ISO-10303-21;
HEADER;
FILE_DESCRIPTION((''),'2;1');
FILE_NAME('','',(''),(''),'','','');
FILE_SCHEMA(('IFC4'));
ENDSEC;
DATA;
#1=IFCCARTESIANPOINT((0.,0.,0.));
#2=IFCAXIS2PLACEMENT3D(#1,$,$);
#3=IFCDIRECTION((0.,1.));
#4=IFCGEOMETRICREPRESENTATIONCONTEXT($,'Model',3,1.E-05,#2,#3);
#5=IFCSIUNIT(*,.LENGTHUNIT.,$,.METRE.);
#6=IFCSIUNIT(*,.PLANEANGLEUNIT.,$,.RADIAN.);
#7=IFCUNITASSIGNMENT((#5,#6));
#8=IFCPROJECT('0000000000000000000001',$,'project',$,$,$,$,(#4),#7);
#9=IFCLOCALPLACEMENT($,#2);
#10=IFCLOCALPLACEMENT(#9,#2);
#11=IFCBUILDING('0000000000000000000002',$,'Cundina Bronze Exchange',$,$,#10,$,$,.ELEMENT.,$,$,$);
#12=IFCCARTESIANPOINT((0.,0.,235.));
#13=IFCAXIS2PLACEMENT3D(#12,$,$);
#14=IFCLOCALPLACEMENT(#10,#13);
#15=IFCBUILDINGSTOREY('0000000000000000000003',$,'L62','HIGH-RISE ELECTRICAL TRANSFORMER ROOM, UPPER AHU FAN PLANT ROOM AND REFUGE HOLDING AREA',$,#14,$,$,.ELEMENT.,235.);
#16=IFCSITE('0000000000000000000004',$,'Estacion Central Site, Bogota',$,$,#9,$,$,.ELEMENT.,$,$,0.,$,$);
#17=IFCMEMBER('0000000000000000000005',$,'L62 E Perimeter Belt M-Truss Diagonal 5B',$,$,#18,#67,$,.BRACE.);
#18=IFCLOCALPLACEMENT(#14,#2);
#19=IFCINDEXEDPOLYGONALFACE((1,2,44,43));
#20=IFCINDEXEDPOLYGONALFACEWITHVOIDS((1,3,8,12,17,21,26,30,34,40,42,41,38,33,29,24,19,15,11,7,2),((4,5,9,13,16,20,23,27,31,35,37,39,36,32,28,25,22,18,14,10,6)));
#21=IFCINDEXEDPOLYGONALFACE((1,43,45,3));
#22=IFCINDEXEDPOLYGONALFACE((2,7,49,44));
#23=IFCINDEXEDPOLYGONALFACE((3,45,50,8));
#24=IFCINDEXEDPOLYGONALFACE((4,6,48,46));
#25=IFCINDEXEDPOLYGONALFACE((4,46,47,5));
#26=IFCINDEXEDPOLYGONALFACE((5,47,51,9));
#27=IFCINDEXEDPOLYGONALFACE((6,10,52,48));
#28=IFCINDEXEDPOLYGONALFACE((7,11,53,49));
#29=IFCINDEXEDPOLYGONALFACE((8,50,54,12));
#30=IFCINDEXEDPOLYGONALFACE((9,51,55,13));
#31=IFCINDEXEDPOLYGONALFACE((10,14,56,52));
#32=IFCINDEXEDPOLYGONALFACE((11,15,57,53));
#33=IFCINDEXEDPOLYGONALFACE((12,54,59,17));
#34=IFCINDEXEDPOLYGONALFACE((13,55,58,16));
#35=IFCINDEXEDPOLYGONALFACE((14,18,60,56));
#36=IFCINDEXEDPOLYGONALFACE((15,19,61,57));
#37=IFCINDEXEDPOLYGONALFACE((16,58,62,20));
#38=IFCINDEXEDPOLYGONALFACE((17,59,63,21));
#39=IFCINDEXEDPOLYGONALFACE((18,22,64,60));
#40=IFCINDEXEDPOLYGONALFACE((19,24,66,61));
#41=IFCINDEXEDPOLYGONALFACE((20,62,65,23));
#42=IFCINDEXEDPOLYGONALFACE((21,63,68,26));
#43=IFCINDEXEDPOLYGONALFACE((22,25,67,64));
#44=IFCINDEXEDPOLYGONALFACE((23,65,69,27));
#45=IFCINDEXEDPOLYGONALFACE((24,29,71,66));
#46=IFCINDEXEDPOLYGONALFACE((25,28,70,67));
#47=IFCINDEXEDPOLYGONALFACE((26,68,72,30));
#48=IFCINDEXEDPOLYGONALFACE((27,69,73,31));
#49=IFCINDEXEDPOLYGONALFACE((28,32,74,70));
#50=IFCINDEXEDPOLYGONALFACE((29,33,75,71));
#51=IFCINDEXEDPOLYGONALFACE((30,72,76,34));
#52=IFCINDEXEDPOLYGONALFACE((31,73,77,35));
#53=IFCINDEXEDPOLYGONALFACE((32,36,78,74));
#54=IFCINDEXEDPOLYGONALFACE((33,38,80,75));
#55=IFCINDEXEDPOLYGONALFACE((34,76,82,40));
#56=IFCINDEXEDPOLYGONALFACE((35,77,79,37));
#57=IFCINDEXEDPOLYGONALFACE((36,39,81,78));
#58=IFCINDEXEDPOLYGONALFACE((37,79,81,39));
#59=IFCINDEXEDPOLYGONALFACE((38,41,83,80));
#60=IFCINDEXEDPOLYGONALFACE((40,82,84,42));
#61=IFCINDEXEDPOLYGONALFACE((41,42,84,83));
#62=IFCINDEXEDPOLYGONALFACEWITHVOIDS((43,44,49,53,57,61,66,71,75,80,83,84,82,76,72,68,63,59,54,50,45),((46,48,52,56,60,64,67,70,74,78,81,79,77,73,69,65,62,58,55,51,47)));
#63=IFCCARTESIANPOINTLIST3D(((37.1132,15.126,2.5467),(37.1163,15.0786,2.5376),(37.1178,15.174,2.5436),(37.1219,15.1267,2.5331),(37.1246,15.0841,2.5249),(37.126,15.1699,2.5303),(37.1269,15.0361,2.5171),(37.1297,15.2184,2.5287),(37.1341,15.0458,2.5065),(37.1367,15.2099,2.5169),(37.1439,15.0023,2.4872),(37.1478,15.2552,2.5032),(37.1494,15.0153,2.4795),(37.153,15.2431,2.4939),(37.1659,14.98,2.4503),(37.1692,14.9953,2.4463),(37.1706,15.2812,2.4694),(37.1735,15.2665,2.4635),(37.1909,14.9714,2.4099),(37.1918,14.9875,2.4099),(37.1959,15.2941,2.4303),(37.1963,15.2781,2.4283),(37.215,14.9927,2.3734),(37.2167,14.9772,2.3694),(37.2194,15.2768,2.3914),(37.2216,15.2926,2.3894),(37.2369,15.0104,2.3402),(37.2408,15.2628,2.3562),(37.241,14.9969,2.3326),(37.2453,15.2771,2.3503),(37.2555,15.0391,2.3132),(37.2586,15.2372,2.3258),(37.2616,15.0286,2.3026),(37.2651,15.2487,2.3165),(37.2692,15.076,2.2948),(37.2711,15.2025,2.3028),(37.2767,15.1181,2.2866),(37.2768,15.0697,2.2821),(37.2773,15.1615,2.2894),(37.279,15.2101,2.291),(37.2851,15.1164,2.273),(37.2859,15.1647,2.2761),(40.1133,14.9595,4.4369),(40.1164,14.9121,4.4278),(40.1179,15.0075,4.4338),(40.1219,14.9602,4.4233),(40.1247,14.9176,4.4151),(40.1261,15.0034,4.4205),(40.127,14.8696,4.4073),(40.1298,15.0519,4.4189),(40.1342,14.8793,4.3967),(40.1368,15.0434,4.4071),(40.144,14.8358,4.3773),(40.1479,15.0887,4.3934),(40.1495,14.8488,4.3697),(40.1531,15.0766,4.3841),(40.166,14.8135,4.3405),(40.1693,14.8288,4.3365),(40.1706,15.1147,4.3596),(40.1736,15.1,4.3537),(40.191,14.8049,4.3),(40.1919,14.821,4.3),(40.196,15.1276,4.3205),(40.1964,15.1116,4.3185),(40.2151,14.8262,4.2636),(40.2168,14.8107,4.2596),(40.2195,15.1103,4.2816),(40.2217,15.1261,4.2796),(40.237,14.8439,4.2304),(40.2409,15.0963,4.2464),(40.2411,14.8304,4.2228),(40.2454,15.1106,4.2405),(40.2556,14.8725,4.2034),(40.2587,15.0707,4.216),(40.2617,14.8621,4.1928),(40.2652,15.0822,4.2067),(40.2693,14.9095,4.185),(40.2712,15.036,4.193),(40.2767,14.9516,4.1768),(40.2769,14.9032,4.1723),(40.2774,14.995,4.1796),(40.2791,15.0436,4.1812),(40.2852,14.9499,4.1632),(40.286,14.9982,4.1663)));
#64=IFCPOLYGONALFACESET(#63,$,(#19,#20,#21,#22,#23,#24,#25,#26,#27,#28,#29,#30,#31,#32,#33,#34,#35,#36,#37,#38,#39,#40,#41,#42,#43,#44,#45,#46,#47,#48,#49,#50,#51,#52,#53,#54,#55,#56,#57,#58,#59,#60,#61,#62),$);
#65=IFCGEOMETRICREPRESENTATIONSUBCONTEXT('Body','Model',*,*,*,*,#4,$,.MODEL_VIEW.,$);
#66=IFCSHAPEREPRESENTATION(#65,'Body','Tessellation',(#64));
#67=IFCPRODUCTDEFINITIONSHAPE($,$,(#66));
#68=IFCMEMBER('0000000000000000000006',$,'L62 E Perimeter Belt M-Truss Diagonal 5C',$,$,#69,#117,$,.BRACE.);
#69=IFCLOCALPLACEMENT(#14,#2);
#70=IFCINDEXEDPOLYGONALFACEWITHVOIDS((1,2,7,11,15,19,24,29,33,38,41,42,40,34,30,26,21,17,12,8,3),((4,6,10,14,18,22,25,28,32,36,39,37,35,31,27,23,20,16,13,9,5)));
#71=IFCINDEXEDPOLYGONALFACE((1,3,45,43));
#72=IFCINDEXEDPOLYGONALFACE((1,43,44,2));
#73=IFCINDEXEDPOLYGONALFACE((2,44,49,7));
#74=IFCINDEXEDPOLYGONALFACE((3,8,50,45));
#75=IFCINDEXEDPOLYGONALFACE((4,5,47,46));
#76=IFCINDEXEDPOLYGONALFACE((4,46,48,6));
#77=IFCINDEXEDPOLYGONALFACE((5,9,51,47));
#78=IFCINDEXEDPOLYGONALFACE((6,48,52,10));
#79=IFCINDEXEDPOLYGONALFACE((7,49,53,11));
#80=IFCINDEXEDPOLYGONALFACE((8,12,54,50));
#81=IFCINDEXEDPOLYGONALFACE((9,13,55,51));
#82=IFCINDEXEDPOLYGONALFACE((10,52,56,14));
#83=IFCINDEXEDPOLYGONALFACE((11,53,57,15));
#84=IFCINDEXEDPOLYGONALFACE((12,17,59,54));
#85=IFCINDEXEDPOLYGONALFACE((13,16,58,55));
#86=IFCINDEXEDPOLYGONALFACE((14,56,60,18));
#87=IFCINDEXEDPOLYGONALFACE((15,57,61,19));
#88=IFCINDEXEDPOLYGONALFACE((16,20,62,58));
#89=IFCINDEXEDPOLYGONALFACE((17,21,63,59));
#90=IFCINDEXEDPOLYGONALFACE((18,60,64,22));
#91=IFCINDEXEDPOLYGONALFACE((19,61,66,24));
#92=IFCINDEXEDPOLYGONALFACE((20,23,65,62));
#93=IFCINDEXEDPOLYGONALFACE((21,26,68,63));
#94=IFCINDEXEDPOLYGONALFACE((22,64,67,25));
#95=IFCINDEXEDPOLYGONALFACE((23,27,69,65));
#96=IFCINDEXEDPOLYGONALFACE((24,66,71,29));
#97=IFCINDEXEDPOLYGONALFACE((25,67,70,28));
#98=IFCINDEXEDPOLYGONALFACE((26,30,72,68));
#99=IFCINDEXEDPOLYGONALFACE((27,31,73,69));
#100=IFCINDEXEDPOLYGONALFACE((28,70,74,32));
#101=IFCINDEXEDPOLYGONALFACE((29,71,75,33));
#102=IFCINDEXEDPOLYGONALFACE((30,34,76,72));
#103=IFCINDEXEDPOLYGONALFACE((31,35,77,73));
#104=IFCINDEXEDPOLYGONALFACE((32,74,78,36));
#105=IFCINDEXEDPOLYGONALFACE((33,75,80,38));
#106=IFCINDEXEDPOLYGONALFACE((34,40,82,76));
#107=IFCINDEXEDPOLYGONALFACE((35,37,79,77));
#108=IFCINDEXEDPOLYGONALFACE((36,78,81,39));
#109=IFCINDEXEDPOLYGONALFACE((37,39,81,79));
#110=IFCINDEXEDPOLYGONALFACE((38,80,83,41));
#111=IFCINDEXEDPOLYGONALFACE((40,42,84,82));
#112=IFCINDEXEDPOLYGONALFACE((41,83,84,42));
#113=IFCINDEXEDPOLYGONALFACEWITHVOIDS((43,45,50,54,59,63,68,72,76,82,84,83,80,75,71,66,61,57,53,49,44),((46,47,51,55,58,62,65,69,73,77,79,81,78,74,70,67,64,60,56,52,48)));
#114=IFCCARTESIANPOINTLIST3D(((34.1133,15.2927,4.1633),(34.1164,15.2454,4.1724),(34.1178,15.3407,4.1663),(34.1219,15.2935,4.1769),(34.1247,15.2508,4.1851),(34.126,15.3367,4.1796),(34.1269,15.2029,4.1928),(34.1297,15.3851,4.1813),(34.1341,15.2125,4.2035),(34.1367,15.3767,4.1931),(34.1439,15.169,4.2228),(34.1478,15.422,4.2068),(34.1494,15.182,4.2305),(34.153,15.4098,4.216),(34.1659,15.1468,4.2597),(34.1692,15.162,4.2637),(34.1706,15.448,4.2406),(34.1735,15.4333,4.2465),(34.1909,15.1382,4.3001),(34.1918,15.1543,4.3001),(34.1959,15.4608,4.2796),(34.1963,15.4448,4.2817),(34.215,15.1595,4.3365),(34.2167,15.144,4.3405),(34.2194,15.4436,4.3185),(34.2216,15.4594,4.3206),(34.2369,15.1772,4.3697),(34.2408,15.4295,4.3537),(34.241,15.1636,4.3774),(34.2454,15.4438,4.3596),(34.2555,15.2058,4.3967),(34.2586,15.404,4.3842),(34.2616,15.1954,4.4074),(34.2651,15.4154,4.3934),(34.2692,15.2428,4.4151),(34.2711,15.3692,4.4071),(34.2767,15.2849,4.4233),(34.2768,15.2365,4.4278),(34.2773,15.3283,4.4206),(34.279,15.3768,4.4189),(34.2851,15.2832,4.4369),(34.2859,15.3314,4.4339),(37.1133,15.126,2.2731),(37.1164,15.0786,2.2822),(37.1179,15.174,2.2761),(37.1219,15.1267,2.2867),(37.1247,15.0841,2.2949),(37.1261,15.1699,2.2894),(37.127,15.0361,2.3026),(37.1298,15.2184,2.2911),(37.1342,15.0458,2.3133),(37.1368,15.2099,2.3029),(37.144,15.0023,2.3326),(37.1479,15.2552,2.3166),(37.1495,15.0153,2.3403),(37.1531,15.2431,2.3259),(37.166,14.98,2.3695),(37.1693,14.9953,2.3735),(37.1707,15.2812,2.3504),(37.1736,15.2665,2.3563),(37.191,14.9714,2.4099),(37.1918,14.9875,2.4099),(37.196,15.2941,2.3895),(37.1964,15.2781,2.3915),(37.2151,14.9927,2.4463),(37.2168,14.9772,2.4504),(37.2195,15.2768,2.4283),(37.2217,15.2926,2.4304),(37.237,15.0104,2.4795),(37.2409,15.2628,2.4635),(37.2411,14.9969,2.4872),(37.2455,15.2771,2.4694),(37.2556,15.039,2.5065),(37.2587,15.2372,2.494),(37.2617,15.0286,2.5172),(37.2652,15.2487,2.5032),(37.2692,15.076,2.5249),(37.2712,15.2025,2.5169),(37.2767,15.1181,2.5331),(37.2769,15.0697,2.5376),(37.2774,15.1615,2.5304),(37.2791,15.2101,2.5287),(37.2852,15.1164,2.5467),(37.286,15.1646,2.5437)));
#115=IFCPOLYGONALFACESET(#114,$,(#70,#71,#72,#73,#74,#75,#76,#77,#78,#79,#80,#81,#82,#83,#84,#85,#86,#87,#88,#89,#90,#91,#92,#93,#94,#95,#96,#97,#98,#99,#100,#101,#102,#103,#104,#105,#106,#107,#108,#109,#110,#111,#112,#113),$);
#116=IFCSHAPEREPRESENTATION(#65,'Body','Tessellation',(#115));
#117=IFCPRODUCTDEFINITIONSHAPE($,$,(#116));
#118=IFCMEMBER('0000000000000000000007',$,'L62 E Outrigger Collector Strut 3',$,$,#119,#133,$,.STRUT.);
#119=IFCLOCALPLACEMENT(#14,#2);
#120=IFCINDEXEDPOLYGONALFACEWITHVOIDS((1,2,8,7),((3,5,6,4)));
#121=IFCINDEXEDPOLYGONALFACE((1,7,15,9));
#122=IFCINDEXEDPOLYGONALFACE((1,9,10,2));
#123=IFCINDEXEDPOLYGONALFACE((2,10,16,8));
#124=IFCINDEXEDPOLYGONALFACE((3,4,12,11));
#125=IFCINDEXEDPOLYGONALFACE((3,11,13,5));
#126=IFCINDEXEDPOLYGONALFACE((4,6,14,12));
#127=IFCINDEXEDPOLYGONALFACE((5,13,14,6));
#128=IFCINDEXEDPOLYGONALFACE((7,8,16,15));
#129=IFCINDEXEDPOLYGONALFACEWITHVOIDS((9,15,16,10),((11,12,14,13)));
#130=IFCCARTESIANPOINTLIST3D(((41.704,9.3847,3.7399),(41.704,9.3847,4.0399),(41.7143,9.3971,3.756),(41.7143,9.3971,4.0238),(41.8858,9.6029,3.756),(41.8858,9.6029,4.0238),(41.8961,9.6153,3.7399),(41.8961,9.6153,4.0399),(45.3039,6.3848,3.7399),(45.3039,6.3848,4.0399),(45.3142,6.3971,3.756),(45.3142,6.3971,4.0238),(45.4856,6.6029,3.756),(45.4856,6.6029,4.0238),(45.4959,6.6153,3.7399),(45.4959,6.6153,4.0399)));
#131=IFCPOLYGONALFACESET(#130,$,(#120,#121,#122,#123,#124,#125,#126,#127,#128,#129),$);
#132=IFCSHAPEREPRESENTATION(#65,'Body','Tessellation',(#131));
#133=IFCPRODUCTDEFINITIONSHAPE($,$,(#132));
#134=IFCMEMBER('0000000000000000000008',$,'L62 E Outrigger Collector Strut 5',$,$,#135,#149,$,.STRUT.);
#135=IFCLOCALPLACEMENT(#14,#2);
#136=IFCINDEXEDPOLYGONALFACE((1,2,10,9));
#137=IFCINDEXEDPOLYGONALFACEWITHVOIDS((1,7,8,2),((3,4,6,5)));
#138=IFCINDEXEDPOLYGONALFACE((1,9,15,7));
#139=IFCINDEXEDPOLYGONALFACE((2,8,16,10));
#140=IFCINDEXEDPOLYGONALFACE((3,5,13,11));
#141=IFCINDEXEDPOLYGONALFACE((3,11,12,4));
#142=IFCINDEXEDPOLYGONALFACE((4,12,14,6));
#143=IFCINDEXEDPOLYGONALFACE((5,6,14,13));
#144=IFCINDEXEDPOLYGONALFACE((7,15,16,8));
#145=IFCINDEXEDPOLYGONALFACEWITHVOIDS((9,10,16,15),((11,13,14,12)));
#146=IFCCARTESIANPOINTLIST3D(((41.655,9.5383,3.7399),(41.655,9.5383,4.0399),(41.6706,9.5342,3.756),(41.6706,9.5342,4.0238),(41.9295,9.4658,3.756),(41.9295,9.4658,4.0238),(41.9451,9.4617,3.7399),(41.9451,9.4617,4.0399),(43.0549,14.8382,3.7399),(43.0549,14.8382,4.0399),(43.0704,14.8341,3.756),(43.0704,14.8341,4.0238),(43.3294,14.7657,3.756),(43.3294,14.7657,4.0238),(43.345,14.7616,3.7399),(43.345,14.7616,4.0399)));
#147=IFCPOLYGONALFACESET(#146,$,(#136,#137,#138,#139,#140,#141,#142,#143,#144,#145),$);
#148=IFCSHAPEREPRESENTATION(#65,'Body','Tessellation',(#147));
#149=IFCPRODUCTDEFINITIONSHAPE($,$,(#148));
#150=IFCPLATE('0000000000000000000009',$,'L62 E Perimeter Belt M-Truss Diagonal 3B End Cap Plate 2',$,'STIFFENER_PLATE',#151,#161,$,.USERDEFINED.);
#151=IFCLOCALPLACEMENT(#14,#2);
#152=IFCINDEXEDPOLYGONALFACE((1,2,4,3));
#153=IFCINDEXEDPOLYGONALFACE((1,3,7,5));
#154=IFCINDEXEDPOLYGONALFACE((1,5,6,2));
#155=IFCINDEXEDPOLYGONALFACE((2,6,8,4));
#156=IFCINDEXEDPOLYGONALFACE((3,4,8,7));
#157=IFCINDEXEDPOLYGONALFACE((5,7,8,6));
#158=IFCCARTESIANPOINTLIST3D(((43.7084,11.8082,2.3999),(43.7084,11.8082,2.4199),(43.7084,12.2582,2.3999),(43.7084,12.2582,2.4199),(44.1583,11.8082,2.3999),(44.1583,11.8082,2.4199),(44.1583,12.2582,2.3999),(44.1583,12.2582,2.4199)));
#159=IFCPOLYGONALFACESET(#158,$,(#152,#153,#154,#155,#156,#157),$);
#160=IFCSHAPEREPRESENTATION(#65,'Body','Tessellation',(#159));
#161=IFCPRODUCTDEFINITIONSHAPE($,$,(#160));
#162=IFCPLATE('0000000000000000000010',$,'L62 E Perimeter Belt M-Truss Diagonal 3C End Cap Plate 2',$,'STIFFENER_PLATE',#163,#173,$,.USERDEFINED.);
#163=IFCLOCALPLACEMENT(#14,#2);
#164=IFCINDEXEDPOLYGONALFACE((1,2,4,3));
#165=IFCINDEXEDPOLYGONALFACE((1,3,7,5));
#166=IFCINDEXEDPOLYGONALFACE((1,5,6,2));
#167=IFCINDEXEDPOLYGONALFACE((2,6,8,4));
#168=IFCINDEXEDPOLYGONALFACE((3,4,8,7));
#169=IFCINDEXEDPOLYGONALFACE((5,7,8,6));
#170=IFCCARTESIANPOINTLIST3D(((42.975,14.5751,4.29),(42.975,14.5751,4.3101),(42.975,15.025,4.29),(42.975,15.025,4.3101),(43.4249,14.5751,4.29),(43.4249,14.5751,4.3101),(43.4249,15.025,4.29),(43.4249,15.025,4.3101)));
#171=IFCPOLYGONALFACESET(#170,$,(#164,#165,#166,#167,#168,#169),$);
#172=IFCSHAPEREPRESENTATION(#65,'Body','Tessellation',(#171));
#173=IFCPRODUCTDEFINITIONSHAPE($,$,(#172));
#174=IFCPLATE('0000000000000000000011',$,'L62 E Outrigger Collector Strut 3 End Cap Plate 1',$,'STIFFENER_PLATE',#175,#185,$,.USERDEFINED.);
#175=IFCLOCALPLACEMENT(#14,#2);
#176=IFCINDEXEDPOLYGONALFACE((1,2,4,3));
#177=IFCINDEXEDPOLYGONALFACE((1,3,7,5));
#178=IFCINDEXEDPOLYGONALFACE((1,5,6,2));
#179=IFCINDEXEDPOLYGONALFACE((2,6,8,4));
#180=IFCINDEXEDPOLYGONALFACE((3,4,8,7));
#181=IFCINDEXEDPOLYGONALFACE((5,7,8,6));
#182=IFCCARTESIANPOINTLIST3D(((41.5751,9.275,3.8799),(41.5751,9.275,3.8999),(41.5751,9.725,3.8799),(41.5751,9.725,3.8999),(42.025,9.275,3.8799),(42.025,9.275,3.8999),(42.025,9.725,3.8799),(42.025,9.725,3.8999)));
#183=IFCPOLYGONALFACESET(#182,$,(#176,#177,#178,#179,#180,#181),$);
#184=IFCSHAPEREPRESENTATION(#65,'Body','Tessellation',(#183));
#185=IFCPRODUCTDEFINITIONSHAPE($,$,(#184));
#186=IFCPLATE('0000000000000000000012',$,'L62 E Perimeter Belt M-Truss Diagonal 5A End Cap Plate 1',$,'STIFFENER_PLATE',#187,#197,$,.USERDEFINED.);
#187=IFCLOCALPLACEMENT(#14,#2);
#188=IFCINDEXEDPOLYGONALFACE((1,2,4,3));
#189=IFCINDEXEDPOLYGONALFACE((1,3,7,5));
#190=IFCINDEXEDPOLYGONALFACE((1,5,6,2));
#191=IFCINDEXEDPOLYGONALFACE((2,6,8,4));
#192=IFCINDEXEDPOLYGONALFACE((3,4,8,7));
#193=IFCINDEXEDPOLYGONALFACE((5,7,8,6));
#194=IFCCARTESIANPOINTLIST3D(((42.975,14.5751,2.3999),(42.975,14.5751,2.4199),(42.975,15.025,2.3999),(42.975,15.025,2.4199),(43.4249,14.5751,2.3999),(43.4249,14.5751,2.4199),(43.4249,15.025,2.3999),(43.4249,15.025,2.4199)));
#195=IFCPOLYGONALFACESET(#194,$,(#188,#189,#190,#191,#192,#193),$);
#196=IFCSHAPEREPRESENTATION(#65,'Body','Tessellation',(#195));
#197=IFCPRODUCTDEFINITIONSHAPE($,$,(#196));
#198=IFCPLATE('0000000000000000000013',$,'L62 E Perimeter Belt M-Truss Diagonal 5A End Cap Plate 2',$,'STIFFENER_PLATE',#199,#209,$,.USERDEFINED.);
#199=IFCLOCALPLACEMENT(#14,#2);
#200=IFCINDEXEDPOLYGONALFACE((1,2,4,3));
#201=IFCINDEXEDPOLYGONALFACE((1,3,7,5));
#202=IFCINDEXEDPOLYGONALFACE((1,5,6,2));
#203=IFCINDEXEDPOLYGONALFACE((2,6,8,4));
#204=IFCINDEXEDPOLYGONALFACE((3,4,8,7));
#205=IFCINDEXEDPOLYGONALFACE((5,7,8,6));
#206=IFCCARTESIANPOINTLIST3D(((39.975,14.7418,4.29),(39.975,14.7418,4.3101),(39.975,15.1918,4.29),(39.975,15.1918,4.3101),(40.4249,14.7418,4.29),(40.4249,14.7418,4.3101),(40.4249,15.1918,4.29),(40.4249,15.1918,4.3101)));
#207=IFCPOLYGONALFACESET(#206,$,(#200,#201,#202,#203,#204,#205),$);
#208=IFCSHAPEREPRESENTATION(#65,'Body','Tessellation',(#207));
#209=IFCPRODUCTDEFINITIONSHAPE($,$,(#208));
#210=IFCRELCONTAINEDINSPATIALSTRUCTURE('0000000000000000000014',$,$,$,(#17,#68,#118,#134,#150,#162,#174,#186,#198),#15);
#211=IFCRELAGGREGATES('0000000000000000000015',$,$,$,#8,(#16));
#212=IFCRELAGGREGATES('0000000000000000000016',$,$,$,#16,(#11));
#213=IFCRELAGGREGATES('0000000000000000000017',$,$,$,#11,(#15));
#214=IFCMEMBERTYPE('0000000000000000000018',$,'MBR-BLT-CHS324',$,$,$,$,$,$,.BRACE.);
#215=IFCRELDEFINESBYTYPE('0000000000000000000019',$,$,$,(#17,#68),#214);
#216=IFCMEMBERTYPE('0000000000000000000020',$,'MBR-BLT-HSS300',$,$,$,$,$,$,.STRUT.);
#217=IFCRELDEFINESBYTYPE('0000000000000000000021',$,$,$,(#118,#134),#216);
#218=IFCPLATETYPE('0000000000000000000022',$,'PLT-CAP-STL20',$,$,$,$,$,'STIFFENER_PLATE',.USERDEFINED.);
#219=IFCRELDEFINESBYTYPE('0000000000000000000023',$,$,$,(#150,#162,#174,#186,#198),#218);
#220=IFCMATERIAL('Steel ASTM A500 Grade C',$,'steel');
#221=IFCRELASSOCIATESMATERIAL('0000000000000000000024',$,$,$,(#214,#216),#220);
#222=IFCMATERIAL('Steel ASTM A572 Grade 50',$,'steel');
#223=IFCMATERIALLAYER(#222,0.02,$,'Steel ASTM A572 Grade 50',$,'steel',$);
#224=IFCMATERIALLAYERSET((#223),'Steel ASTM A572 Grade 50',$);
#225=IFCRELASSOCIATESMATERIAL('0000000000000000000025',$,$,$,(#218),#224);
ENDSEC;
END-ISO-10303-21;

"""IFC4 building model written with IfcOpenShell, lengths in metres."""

from ifc_helpers import new_model, si_unit, direction, frame, origin, origin_2d, place, context, subcontext, project, spatial, rectangle, hollow_rectangle, hollow_circle, extrude, material, layer, layer_set, material_profile, profile_set, type_object, element, save


model = new_model("IFC4")

# Units and contexts
model_context = context("Model", 3, precision=1e-05, world=origin(), true_north=direction((0.0, 1.0)))
body_context = subcontext(model_context, "Body", "Model", "MODEL_VIEW")
ifc_project = project(units=[si_unit("LENGTHUNIT", "METRE"), si_unit("PLANEANGLEUNIT", "RADIAN")], contexts=[model_context])

# Site, building, storey
site_placement = place(None, origin())
site = spatial("IfcSite", under=ifc_project, at=site_placement, Name="Estacion Central Site, Bogota", CompositionType="ELEMENT", RefElevation=0.0)
building_placement = place(site_placement, origin())
building = spatial("IfcBuilding", under=site, at=building_placement, Name="Cundina Bronze Exchange", CompositionType="ELEMENT")
storey_placement = place(building_placement, frame((0.0, 0.0, 235.0)))
storey = spatial("IfcBuildingStorey", under=building, at=storey_placement, Name="L62", Description="HIGH-RISE ELECTRICAL TRANSFORMER ROOM, UPPER AHU FAN PLANT ROOM AND REFUGE HOLDING AREA", CompositionType="ELEMENT", Elevation=235.0)

# Members
ifc_material_1 = material(Name="Steel ASTM A500 Grade C", Category="steel")
ifc_material_profile_1 = material_profile(ifc_material_1, hollow_circle(Radius=0.1621, WallThickness=0.0161, at=origin_2d()), Name="CHS324X16", Category="steel")
ifc_profile_set_1 = profile_set([ifc_material_profile_1], Name="Steel ASTM A500 Grade C")
member_type_1 = type_object("IfcMemberType", Name="MBR-BLT-CHS324", PredefinedType="BRACE", material=ifc_profile_set_1)
for number, where, z_axis, x_axis, name in (
    (1, (40.2, 14.9668, 4.3), (-0.845143, 0.046907, -0.532479), (-0.055416, -0.998463, 0.0), "L62 E Perimeter Belt M-Truss Diagonal 5B"),
    (2, (37.2, 15.1333, 2.4099), (-0.84514, 0.046975, 0.532477), (-0.055497, -0.998459, 0.0), "L62 E Perimeter Belt M-Truss Diagonal 5C"),
):
    element("IfcMember", number, at=place(storey_placement, frame(where, z_axis=z_axis, x_axis=x_axis)), inside=storey, type_object=member_type_1, Name=name, PredefinedType="BRACE", context=body_context, shape_type="SweptSolid", body=[
        extrude(hollow_circle(Radius=0.1621, WallThickness=0.0161, at=origin_2d()), origin(), (0.0, 0.0, 1.0), 3.5498),
    ])
ifc_material_profile_2 = material_profile(ifc_material_1, hollow_rectangle(XDim=0.3, YDim=0.3, WallThickness=0.0161, at=origin_2d()), Name="HSS300X300X16", Category="steel")
ifc_profile_set_2 = profile_set([ifc_material_profile_2], Name="Steel ASTM A500 Grade C")
member_type_2 = type_object("IfcMemberType", Name="MBR-BLT-HSS300", PredefinedType="STRUT", material=ifc_profile_set_2)
member_1_placement = place(storey_placement, frame((41.8, 9.5, 3.8899), z_axis=(0.768208, -0.6402, 0.0), x_axis=(0.6402, 0.768208, 0.0)))
element("IfcMember", 3, at=member_1_placement, inside=storey, type_object=member_type_2, Name="L62 E Outrigger Collector Strut 3", PredefinedType="STRUT", context=body_context, shape_type="SweptSolid", body=[
    extrude(hollow_rectangle(XDim=0.3, YDim=0.3, WallThickness=0.0161, at=origin_2d()), origin(), (0.0, 0.0, 1.0), 4.686),
])
member_2_placement = place(storey_placement, frame((41.8, 9.5, 3.8899), z_axis=(0.255372, 0.966843, 0.0), x_axis=(-0.966843, 0.255372, 0.0)))
element("IfcMember", 4, at=member_2_placement, inside=storey, type_object=member_type_2, Name="L62 E Outrigger Collector Strut 5", PredefinedType="STRUT", context=body_context, shape_type="SweptSolid", body=[
    extrude(hollow_rectangle(XDim=0.3, YDim=0.3, WallThickness=0.0161, at=origin_2d()), origin(), (0.0, 0.0, 1.0), 5.4817),
])

# Plates
ifc_material_2 = material(Name="Steel ASTM A572 Grade 50", Category="steel")
ifc_layer_1 = layer(ifc_material_2, 0.02, Name="Steel ASTM A572 Grade 50", Category="steel")
ifc_layer_set_1 = layer_set([ifc_layer_1], Name="Steel ASTM A572 Grade 50")
plate_type_1 = type_object("IfcPlateType", Name="PLT-CAP-STL20", ElementType="STIFFENER_PLATE", PredefinedType="USERDEFINED", material=ifc_layer_set_1)
for number, where, z_axis, x_axis, name in (
    (5, (43.9333, 12.0332, 2.3999), (0.0, 0.0, 1.0), (1.0, 0.0, 0.0), "L62 E Perimeter Belt M-Truss Diagonal 3B End Cap Plate 2"),
    (6, (43.2, 14.8, 4.29), (0.0, 0.0, 1.0), (1.0, 0.0, 0.0), "L62 E Perimeter Belt M-Truss Diagonal 3C End Cap Plate 2"),
    (7, (41.8, 9.5, 3.8799), (0.0, 0.0, 1.0), (1.0, 0.0, 0.0), "L62 E Outrigger Collector Strut 3 End Cap Plate 1"),
    (8, (43.2, 14.8, 2.3999), (0.0, 0.0, 1.0), (1.0, 0.0, 0.0), "L62 E Perimeter Belt M-Truss Diagonal 5A End Cap Plate 1"),
    (9, (40.2, 14.9668, 4.29), (0.0, 0.0, 1.0), (1.0, 0.0, 0.0), "L62 E Perimeter Belt M-Truss Diagonal 5A End Cap Plate 2"),
):
    element("IfcPlate", number, at=place(storey_placement, frame(where, z_axis=z_axis, x_axis=x_axis)), inside=storey, type_object=plate_type_1, Name=name, ObjectType="STIFFENER_PLATE", PredefinedType="USERDEFINED", context=body_context, shape_type="SweptSolid", body=[
        extrude(rectangle(XDim=0.45, YDim=0.45, at=origin_2d()), origin(), (0.0, 0.0, 1.0), 0.02),
    ])

save(model, "model.ifc")
